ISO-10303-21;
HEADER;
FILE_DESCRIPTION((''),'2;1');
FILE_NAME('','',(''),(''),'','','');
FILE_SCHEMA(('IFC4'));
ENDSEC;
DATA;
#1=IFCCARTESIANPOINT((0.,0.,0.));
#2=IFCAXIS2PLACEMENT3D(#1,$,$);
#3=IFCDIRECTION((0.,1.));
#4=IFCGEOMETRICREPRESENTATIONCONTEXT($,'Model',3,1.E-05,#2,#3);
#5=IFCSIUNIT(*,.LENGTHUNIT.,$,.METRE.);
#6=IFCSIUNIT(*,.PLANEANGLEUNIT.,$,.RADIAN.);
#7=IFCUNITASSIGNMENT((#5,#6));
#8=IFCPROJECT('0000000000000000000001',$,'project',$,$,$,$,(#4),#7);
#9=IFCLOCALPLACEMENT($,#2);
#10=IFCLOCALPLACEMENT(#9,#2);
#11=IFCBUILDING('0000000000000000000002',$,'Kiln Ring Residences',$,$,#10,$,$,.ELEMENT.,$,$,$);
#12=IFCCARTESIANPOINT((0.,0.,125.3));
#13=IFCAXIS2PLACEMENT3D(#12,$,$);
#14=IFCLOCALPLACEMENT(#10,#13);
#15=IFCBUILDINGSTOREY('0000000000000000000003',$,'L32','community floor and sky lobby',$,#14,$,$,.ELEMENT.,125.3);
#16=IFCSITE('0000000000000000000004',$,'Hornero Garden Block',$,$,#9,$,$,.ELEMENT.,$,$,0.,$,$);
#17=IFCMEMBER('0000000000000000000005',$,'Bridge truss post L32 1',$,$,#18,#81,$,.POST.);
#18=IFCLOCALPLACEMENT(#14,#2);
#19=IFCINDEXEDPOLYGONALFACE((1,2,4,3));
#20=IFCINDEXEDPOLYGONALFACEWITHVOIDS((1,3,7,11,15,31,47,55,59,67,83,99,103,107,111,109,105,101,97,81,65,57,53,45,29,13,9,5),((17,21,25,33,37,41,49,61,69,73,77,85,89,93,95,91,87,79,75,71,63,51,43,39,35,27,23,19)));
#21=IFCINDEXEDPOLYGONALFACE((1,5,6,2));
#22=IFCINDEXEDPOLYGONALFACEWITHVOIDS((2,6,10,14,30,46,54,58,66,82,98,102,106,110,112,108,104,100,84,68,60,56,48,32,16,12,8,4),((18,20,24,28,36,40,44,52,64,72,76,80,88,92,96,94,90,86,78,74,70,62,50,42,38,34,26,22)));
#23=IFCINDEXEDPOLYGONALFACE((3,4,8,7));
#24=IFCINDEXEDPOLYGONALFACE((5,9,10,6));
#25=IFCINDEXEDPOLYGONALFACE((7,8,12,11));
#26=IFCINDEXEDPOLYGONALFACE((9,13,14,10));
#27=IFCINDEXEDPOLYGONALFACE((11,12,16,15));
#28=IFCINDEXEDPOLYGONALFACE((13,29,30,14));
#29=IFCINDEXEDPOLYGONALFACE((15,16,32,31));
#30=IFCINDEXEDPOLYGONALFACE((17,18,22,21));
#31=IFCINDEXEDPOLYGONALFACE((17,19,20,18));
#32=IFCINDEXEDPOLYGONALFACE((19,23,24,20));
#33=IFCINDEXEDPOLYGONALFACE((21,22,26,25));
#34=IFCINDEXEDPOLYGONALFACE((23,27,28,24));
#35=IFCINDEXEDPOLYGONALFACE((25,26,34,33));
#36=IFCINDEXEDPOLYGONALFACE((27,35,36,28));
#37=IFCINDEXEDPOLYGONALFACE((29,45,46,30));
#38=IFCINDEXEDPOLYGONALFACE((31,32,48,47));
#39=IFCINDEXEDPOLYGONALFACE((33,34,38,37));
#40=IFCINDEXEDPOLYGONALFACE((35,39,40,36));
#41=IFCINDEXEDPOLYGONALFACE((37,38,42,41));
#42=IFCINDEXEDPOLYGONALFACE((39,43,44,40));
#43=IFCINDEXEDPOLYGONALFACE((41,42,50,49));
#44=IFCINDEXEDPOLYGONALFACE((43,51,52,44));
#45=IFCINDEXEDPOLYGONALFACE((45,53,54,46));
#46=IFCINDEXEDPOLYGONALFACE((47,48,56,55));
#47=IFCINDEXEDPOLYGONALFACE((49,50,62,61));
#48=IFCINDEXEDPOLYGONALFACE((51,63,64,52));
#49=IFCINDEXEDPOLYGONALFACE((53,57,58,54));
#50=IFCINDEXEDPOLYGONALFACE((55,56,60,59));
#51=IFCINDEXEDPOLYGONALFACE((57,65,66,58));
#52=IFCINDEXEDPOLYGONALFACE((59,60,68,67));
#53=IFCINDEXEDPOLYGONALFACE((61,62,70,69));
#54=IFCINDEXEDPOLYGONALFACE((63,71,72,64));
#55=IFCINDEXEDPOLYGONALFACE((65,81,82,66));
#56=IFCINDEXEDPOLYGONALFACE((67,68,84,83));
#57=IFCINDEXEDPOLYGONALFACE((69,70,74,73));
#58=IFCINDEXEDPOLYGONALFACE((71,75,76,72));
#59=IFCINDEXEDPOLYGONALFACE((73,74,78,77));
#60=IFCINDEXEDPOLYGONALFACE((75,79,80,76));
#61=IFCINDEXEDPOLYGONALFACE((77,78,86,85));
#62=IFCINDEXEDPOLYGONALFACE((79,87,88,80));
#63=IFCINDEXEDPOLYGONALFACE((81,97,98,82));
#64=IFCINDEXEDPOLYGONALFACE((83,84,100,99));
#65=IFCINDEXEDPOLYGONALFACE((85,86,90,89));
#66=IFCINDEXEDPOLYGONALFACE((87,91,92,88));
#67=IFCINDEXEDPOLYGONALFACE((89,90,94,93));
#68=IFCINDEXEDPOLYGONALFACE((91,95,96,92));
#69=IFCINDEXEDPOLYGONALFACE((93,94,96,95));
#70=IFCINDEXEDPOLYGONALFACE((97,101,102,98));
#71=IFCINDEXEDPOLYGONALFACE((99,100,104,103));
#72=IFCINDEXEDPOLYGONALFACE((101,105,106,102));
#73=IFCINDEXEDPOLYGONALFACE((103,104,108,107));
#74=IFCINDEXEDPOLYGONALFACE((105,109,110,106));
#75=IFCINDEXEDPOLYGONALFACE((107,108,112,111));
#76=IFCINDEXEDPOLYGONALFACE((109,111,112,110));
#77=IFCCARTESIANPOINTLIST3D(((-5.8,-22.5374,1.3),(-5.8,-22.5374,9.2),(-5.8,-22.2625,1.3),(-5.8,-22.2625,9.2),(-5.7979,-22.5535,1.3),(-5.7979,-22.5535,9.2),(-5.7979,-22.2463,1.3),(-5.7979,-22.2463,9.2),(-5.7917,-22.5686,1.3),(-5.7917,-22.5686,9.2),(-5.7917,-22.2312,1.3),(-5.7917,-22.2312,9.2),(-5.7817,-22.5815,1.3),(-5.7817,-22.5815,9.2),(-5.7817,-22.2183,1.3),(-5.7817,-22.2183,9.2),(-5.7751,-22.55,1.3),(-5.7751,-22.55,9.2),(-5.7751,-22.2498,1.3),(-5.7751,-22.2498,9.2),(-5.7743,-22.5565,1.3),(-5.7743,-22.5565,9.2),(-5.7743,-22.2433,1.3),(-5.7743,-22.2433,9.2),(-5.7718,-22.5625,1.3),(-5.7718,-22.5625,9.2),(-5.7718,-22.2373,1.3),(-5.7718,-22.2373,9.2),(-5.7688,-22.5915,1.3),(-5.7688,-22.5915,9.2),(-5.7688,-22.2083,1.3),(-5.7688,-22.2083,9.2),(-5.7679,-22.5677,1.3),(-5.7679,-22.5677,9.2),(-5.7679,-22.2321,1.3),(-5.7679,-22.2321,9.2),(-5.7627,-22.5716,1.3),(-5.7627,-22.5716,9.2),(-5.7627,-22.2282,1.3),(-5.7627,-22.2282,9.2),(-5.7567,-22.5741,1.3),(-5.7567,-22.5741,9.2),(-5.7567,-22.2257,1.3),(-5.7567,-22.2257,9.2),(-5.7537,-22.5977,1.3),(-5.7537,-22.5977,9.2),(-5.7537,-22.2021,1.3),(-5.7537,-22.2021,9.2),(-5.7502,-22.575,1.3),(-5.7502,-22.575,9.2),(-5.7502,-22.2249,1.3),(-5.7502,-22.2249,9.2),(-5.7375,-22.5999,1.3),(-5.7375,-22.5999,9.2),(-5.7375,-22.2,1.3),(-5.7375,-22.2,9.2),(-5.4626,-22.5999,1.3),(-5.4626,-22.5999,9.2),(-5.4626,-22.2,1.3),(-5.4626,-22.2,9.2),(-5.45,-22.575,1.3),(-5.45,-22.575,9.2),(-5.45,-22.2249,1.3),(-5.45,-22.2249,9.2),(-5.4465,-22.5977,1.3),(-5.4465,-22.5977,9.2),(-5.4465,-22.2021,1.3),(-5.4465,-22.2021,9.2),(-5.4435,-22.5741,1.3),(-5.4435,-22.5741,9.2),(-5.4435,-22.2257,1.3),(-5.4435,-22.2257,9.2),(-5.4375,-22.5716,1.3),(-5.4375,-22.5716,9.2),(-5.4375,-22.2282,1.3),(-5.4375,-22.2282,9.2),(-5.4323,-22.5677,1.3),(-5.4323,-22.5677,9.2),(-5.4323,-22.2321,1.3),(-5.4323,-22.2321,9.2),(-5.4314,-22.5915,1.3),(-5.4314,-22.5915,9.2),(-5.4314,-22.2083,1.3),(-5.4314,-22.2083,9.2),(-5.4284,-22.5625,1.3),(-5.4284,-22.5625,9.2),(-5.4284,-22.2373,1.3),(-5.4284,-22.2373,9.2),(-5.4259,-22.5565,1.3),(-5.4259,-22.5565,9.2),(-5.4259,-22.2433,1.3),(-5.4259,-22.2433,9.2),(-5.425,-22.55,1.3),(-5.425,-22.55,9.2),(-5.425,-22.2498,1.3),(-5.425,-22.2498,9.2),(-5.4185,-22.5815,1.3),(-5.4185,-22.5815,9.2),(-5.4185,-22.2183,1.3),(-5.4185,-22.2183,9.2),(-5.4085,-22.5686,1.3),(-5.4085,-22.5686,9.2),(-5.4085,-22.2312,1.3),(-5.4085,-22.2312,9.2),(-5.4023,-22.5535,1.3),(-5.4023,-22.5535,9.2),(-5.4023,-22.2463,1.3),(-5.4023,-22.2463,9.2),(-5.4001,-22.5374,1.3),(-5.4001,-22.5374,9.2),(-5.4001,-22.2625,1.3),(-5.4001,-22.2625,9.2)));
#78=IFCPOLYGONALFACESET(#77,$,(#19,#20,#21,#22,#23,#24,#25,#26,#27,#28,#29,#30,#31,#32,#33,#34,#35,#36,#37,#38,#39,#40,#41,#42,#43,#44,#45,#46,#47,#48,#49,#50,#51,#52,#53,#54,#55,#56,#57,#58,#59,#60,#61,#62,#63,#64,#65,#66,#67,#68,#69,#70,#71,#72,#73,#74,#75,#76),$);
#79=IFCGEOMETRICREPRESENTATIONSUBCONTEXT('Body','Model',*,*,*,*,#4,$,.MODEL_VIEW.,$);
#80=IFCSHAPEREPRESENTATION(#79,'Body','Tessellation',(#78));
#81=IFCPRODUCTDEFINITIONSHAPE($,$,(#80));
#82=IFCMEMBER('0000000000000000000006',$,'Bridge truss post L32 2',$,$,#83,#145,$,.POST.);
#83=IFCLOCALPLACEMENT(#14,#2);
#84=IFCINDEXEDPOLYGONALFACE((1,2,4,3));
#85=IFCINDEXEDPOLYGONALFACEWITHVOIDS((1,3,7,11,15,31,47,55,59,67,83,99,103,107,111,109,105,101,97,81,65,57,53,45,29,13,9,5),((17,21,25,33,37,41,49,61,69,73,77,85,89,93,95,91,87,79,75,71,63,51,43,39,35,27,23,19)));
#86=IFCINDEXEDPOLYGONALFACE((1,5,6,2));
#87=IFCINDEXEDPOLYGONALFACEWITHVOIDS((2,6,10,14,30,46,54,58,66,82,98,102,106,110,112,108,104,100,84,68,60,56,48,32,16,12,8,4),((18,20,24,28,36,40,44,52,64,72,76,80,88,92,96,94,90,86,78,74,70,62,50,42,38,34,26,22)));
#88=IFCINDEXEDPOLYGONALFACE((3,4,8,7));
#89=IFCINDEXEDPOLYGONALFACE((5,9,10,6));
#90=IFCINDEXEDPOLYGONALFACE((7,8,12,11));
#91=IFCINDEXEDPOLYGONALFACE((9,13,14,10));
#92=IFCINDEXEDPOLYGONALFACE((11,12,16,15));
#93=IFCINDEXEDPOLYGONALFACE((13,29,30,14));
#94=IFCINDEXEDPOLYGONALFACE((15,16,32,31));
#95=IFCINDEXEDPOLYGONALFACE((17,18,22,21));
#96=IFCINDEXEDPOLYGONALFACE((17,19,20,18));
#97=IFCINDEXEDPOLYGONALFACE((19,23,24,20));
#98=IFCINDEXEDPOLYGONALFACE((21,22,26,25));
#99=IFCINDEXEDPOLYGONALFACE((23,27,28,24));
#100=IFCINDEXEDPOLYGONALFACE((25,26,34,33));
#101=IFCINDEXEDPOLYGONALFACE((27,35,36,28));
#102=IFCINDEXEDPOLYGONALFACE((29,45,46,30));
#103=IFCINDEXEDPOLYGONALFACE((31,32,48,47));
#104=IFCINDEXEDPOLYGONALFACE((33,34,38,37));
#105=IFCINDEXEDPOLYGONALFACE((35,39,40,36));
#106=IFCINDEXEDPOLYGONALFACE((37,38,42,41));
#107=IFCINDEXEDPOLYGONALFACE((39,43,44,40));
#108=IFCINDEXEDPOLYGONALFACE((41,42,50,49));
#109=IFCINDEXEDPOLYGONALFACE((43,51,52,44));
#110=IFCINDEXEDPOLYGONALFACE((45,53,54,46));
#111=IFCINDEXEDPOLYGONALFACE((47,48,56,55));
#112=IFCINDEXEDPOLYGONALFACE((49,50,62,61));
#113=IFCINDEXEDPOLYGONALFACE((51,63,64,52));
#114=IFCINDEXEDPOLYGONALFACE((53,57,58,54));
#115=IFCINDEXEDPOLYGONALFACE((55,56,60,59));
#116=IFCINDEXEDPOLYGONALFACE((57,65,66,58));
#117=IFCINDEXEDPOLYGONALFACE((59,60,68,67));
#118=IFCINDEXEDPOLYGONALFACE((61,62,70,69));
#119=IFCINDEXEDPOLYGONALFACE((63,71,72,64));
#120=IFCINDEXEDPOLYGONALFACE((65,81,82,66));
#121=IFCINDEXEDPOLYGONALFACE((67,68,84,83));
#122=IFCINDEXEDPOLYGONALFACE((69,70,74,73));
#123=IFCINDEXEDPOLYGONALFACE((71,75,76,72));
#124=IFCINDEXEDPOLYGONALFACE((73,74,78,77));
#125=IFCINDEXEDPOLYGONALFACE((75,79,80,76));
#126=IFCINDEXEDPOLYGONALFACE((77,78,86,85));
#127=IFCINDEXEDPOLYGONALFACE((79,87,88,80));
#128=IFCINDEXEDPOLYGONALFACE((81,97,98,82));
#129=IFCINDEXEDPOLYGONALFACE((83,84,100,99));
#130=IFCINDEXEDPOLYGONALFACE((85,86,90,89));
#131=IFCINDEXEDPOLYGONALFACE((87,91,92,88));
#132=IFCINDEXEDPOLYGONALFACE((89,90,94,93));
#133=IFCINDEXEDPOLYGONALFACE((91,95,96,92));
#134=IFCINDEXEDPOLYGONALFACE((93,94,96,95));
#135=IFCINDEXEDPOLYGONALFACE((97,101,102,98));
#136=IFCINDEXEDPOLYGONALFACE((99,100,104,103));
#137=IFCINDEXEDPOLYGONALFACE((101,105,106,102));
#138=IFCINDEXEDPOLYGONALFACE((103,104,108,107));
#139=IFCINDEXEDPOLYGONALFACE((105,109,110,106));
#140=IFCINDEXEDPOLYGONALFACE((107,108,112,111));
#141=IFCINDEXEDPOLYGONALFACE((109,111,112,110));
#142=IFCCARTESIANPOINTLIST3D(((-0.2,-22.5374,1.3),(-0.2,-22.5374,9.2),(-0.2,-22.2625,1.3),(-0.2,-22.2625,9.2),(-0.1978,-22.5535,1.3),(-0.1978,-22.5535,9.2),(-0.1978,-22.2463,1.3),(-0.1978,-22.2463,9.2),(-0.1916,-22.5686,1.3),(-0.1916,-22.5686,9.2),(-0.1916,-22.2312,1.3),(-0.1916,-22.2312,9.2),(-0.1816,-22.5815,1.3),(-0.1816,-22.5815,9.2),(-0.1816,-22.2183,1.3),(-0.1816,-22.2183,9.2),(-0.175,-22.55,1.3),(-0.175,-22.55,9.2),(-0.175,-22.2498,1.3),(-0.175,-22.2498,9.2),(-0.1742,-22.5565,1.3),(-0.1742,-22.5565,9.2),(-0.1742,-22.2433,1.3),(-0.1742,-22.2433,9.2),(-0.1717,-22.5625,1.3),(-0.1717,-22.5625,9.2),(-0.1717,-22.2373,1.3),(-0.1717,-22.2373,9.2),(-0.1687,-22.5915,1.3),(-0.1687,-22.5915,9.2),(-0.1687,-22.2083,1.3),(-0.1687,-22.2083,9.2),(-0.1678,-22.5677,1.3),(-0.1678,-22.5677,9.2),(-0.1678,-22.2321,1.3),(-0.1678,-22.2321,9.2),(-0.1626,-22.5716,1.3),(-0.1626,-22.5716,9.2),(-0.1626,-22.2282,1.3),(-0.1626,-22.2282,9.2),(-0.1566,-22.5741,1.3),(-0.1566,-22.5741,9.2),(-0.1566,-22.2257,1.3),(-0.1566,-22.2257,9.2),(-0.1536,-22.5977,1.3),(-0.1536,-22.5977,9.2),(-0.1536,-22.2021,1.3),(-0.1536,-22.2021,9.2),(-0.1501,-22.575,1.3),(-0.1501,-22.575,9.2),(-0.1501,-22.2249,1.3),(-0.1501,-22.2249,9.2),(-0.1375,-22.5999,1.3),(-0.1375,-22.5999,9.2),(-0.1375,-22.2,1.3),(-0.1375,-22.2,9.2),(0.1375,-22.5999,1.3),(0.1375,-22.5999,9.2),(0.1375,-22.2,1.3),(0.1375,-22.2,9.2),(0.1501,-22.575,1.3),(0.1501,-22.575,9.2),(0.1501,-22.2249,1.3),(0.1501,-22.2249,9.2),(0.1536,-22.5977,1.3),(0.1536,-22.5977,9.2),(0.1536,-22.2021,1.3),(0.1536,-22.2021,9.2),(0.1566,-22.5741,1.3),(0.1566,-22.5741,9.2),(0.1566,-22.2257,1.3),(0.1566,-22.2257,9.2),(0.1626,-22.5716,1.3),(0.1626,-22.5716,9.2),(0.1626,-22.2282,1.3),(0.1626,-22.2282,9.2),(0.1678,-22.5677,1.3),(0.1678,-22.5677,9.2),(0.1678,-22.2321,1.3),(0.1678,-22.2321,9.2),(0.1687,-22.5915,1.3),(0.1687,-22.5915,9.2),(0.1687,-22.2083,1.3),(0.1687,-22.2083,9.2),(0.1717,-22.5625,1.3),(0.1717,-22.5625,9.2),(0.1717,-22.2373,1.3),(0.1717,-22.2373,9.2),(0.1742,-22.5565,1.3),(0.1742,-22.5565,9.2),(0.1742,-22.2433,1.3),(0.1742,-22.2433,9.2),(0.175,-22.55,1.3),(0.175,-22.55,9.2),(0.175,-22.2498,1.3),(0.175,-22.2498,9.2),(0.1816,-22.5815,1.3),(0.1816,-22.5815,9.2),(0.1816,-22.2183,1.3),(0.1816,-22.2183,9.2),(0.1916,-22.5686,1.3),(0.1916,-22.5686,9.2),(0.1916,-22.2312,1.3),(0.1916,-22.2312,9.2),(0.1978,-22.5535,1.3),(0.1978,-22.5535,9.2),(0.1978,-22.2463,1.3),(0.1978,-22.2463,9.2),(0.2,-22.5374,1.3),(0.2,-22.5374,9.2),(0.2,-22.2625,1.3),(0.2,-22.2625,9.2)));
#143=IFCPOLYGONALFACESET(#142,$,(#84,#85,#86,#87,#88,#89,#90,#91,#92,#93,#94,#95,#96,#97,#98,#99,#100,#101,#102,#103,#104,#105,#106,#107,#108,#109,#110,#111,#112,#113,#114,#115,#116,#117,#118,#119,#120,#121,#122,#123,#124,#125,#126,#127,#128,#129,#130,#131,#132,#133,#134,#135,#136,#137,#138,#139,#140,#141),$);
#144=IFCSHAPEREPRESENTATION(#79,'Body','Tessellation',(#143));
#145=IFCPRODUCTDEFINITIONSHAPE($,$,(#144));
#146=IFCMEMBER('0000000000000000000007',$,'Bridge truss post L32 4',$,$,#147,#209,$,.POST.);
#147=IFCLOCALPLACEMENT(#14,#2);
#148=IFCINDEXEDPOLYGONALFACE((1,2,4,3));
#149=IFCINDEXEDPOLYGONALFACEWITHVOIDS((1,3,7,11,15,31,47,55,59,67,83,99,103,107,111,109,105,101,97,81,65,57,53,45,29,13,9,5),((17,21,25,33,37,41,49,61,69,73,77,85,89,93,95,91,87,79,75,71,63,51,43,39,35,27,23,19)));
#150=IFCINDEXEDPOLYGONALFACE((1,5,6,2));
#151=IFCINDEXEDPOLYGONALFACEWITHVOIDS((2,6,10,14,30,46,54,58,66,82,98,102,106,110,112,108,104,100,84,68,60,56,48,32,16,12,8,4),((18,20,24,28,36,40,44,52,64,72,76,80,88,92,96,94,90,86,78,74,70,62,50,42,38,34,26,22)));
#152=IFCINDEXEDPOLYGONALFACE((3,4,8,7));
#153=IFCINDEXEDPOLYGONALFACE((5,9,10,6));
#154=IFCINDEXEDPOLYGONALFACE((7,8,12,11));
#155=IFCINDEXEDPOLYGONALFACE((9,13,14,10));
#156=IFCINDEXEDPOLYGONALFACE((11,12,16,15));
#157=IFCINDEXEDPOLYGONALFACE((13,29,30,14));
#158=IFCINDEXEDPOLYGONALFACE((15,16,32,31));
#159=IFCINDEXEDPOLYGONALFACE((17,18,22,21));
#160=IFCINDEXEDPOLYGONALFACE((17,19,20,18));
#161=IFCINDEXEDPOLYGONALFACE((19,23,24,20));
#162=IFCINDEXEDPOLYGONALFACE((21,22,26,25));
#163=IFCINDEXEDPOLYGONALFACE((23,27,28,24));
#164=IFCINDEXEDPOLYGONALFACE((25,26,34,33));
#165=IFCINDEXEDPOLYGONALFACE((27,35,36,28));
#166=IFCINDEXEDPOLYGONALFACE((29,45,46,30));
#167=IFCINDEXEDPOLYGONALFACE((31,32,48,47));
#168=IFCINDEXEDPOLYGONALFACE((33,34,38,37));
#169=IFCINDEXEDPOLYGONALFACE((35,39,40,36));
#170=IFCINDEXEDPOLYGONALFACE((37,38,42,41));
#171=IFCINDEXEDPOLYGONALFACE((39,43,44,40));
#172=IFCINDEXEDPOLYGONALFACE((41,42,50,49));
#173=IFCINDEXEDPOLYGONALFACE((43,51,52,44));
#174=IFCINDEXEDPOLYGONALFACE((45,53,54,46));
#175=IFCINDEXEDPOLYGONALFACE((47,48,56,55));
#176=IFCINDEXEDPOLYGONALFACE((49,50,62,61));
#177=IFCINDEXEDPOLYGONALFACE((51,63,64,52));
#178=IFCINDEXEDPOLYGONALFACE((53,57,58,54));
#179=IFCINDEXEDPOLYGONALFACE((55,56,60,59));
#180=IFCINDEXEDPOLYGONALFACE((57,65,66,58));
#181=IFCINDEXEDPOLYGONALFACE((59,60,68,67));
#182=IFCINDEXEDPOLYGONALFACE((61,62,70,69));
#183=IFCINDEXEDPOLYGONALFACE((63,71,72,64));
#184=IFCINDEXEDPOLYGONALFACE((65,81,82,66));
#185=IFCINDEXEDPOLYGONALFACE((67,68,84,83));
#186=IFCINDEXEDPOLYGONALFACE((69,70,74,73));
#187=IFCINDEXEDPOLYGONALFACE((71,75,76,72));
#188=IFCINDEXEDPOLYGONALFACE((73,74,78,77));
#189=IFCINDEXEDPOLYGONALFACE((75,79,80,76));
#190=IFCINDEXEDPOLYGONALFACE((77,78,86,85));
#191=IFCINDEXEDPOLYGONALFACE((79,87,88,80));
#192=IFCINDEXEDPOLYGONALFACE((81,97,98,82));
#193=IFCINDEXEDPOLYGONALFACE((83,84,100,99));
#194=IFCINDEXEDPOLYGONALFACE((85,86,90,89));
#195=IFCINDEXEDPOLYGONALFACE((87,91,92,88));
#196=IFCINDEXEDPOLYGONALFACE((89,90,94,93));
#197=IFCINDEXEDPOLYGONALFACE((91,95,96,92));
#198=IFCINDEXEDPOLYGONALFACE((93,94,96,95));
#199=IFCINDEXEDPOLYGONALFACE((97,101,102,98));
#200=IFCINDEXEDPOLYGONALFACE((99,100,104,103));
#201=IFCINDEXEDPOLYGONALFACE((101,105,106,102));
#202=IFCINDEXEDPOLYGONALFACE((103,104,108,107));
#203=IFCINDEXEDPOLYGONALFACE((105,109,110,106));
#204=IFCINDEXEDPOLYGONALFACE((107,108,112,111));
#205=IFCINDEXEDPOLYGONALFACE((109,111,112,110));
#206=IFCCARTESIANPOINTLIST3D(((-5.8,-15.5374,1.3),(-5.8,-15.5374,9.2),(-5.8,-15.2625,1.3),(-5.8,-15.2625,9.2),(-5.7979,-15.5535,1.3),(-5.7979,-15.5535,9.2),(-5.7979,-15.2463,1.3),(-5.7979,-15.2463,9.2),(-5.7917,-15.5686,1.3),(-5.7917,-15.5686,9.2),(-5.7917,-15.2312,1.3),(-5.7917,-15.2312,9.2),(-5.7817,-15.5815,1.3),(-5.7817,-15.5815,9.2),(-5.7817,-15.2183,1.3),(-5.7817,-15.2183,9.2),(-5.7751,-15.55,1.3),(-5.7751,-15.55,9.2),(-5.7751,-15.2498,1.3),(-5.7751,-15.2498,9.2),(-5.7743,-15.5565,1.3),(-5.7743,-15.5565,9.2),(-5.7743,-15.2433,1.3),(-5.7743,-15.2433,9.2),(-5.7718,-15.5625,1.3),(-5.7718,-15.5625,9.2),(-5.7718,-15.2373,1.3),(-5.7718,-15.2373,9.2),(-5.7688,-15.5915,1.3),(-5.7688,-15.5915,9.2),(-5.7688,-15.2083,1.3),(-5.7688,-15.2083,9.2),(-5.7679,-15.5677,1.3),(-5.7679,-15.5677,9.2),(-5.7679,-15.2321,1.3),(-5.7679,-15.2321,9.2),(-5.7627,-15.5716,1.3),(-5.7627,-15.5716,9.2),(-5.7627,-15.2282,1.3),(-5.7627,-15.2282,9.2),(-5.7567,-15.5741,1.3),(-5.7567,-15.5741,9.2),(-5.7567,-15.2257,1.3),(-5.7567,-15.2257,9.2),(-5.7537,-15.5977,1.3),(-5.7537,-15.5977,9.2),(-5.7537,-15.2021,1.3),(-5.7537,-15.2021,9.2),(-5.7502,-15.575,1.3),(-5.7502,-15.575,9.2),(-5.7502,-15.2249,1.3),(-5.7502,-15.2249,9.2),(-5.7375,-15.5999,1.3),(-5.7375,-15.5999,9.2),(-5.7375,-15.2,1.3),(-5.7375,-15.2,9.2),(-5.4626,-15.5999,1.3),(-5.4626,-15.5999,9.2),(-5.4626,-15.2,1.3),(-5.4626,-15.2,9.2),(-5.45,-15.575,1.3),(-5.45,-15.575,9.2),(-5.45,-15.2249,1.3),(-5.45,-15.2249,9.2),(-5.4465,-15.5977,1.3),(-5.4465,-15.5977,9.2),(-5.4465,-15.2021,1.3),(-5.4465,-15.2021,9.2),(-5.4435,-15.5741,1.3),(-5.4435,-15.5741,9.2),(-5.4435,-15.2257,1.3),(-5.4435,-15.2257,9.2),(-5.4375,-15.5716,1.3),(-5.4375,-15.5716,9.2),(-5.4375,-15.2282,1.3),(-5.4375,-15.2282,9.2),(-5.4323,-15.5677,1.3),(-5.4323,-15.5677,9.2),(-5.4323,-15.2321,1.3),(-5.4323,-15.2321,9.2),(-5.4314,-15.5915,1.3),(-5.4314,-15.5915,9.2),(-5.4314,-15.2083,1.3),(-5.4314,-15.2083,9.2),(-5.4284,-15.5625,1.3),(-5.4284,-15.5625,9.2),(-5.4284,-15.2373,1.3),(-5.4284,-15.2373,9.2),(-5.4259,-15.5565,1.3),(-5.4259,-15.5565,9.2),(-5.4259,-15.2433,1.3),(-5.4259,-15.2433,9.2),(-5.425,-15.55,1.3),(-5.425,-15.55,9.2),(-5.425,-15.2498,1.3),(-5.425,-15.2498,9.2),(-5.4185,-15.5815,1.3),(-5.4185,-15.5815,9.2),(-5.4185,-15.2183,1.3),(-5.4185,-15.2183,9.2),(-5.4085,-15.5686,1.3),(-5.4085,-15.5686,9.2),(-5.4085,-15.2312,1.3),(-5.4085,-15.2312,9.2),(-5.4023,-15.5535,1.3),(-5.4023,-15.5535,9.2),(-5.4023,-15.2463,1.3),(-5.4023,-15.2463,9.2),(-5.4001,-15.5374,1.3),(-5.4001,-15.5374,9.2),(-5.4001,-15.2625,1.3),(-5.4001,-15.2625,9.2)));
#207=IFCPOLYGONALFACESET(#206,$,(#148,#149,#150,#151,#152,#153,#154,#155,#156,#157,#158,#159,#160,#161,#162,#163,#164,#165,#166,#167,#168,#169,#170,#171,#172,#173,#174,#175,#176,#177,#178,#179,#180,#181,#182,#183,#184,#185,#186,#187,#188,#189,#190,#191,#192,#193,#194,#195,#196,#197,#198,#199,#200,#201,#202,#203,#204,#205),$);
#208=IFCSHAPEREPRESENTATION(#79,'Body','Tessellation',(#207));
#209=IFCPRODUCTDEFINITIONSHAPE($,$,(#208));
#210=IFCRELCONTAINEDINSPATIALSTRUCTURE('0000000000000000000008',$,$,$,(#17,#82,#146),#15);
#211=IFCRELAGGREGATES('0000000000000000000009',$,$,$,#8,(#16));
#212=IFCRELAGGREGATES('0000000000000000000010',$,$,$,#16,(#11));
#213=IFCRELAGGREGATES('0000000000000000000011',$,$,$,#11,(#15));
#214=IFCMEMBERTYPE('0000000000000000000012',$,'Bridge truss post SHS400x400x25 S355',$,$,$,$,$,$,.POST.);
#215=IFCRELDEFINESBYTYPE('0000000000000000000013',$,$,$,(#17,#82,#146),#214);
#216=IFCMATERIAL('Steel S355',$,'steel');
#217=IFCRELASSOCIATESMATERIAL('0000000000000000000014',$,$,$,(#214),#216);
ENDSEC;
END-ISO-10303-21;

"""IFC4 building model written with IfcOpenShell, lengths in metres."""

from ifc_helpers import new_model, si_unit, direction, frame, origin, origin_2d, place, context, subcontext, project, spatial, hollow_rectangle, extrude, material, material_profile, profile_set, type_object, element, save


model = new_model("IFC4")

# Units and contexts
model_context = context("Model", 3, precision=1e-05, world=origin(), true_north=direction((0.0, 1.0)))
body_context = subcontext(model_context, "Body", "Model", "MODEL_VIEW")
ifc_project = project(units=[si_unit("LENGTHUNIT", "METRE"), si_unit("PLANEANGLEUNIT", "RADIAN")], contexts=[model_context])

# Site, building, storey
site_placement = place(None, origin())
site = spatial("IfcSite", under=ifc_project, at=site_placement, Name="Hornero Garden Block", CompositionType="ELEMENT", RefElevation=0.0)
building_placement = place(site_placement, origin())
building = spatial("IfcBuilding", under=site, at=building_placement, Name="Kiln Ring Residences", CompositionType="ELEMENT")
storey_placement = place(building_placement, frame((0.0, 0.0, 125.3)))
storey = spatial("IfcBuildingStorey", under=building, at=storey_placement, Name="L32", Description="community floor and sky lobby", CompositionType="ELEMENT", Elevation=125.3)

# Members
ifc_material_1 = material(Name="Steel S355", Category="steel")
ifc_material_profile_1 = material_profile(ifc_material_1, hollow_rectangle(XDim=0.3999, YDim=0.3999, WallThickness=0.0249, InnerFilletRadius=0.0249, OuterFilletRadius=0.0625, at=origin_2d()), Name="SHS400x400x25")
ifc_profile_set_1 = profile_set([ifc_material_profile_1], Name="Steel S355")
member_type_1 = type_object("IfcMemberType", Name="Bridge truss post SHS400x400x25 S355", PredefinedType="POST", material=ifc_profile_set_1)
for number, where, z_axis, x_axis, name in (
    (1, (-5.6001, -22.3999, 1.3), (0.0, 0.0, 1.0), (1.0, 0.0, 0.0), "Bridge truss post L32 1"),
    (2, (0.0, -22.3999, 1.3), (0.0, 0.0, 1.0), (1.0, 0.0, 0.0), "Bridge truss post L32 2"),
    (3, (-5.6001, -15.3999, 1.3), (0.0, 0.0, 1.0), (1.0, 0.0, 0.0), "Bridge truss post L32 4"),
):
    element("IfcMember", number, at=place(storey_placement, frame(where, z_axis=z_axis, x_axis=x_axis)), inside=storey, type_object=member_type_1, Name=name, PredefinedType="POST", context=body_context, shape_type="SweptSolid", body=[
        extrude(hollow_rectangle(XDim=0.3999, YDim=0.3999, WallThickness=0.0249, InnerFilletRadius=0.0249, OuterFilletRadius=0.0625, at=origin_2d()), origin(), (0.0, 0.0, 1.0), 7.8999),
    ])

save(model, "model.ifc")
